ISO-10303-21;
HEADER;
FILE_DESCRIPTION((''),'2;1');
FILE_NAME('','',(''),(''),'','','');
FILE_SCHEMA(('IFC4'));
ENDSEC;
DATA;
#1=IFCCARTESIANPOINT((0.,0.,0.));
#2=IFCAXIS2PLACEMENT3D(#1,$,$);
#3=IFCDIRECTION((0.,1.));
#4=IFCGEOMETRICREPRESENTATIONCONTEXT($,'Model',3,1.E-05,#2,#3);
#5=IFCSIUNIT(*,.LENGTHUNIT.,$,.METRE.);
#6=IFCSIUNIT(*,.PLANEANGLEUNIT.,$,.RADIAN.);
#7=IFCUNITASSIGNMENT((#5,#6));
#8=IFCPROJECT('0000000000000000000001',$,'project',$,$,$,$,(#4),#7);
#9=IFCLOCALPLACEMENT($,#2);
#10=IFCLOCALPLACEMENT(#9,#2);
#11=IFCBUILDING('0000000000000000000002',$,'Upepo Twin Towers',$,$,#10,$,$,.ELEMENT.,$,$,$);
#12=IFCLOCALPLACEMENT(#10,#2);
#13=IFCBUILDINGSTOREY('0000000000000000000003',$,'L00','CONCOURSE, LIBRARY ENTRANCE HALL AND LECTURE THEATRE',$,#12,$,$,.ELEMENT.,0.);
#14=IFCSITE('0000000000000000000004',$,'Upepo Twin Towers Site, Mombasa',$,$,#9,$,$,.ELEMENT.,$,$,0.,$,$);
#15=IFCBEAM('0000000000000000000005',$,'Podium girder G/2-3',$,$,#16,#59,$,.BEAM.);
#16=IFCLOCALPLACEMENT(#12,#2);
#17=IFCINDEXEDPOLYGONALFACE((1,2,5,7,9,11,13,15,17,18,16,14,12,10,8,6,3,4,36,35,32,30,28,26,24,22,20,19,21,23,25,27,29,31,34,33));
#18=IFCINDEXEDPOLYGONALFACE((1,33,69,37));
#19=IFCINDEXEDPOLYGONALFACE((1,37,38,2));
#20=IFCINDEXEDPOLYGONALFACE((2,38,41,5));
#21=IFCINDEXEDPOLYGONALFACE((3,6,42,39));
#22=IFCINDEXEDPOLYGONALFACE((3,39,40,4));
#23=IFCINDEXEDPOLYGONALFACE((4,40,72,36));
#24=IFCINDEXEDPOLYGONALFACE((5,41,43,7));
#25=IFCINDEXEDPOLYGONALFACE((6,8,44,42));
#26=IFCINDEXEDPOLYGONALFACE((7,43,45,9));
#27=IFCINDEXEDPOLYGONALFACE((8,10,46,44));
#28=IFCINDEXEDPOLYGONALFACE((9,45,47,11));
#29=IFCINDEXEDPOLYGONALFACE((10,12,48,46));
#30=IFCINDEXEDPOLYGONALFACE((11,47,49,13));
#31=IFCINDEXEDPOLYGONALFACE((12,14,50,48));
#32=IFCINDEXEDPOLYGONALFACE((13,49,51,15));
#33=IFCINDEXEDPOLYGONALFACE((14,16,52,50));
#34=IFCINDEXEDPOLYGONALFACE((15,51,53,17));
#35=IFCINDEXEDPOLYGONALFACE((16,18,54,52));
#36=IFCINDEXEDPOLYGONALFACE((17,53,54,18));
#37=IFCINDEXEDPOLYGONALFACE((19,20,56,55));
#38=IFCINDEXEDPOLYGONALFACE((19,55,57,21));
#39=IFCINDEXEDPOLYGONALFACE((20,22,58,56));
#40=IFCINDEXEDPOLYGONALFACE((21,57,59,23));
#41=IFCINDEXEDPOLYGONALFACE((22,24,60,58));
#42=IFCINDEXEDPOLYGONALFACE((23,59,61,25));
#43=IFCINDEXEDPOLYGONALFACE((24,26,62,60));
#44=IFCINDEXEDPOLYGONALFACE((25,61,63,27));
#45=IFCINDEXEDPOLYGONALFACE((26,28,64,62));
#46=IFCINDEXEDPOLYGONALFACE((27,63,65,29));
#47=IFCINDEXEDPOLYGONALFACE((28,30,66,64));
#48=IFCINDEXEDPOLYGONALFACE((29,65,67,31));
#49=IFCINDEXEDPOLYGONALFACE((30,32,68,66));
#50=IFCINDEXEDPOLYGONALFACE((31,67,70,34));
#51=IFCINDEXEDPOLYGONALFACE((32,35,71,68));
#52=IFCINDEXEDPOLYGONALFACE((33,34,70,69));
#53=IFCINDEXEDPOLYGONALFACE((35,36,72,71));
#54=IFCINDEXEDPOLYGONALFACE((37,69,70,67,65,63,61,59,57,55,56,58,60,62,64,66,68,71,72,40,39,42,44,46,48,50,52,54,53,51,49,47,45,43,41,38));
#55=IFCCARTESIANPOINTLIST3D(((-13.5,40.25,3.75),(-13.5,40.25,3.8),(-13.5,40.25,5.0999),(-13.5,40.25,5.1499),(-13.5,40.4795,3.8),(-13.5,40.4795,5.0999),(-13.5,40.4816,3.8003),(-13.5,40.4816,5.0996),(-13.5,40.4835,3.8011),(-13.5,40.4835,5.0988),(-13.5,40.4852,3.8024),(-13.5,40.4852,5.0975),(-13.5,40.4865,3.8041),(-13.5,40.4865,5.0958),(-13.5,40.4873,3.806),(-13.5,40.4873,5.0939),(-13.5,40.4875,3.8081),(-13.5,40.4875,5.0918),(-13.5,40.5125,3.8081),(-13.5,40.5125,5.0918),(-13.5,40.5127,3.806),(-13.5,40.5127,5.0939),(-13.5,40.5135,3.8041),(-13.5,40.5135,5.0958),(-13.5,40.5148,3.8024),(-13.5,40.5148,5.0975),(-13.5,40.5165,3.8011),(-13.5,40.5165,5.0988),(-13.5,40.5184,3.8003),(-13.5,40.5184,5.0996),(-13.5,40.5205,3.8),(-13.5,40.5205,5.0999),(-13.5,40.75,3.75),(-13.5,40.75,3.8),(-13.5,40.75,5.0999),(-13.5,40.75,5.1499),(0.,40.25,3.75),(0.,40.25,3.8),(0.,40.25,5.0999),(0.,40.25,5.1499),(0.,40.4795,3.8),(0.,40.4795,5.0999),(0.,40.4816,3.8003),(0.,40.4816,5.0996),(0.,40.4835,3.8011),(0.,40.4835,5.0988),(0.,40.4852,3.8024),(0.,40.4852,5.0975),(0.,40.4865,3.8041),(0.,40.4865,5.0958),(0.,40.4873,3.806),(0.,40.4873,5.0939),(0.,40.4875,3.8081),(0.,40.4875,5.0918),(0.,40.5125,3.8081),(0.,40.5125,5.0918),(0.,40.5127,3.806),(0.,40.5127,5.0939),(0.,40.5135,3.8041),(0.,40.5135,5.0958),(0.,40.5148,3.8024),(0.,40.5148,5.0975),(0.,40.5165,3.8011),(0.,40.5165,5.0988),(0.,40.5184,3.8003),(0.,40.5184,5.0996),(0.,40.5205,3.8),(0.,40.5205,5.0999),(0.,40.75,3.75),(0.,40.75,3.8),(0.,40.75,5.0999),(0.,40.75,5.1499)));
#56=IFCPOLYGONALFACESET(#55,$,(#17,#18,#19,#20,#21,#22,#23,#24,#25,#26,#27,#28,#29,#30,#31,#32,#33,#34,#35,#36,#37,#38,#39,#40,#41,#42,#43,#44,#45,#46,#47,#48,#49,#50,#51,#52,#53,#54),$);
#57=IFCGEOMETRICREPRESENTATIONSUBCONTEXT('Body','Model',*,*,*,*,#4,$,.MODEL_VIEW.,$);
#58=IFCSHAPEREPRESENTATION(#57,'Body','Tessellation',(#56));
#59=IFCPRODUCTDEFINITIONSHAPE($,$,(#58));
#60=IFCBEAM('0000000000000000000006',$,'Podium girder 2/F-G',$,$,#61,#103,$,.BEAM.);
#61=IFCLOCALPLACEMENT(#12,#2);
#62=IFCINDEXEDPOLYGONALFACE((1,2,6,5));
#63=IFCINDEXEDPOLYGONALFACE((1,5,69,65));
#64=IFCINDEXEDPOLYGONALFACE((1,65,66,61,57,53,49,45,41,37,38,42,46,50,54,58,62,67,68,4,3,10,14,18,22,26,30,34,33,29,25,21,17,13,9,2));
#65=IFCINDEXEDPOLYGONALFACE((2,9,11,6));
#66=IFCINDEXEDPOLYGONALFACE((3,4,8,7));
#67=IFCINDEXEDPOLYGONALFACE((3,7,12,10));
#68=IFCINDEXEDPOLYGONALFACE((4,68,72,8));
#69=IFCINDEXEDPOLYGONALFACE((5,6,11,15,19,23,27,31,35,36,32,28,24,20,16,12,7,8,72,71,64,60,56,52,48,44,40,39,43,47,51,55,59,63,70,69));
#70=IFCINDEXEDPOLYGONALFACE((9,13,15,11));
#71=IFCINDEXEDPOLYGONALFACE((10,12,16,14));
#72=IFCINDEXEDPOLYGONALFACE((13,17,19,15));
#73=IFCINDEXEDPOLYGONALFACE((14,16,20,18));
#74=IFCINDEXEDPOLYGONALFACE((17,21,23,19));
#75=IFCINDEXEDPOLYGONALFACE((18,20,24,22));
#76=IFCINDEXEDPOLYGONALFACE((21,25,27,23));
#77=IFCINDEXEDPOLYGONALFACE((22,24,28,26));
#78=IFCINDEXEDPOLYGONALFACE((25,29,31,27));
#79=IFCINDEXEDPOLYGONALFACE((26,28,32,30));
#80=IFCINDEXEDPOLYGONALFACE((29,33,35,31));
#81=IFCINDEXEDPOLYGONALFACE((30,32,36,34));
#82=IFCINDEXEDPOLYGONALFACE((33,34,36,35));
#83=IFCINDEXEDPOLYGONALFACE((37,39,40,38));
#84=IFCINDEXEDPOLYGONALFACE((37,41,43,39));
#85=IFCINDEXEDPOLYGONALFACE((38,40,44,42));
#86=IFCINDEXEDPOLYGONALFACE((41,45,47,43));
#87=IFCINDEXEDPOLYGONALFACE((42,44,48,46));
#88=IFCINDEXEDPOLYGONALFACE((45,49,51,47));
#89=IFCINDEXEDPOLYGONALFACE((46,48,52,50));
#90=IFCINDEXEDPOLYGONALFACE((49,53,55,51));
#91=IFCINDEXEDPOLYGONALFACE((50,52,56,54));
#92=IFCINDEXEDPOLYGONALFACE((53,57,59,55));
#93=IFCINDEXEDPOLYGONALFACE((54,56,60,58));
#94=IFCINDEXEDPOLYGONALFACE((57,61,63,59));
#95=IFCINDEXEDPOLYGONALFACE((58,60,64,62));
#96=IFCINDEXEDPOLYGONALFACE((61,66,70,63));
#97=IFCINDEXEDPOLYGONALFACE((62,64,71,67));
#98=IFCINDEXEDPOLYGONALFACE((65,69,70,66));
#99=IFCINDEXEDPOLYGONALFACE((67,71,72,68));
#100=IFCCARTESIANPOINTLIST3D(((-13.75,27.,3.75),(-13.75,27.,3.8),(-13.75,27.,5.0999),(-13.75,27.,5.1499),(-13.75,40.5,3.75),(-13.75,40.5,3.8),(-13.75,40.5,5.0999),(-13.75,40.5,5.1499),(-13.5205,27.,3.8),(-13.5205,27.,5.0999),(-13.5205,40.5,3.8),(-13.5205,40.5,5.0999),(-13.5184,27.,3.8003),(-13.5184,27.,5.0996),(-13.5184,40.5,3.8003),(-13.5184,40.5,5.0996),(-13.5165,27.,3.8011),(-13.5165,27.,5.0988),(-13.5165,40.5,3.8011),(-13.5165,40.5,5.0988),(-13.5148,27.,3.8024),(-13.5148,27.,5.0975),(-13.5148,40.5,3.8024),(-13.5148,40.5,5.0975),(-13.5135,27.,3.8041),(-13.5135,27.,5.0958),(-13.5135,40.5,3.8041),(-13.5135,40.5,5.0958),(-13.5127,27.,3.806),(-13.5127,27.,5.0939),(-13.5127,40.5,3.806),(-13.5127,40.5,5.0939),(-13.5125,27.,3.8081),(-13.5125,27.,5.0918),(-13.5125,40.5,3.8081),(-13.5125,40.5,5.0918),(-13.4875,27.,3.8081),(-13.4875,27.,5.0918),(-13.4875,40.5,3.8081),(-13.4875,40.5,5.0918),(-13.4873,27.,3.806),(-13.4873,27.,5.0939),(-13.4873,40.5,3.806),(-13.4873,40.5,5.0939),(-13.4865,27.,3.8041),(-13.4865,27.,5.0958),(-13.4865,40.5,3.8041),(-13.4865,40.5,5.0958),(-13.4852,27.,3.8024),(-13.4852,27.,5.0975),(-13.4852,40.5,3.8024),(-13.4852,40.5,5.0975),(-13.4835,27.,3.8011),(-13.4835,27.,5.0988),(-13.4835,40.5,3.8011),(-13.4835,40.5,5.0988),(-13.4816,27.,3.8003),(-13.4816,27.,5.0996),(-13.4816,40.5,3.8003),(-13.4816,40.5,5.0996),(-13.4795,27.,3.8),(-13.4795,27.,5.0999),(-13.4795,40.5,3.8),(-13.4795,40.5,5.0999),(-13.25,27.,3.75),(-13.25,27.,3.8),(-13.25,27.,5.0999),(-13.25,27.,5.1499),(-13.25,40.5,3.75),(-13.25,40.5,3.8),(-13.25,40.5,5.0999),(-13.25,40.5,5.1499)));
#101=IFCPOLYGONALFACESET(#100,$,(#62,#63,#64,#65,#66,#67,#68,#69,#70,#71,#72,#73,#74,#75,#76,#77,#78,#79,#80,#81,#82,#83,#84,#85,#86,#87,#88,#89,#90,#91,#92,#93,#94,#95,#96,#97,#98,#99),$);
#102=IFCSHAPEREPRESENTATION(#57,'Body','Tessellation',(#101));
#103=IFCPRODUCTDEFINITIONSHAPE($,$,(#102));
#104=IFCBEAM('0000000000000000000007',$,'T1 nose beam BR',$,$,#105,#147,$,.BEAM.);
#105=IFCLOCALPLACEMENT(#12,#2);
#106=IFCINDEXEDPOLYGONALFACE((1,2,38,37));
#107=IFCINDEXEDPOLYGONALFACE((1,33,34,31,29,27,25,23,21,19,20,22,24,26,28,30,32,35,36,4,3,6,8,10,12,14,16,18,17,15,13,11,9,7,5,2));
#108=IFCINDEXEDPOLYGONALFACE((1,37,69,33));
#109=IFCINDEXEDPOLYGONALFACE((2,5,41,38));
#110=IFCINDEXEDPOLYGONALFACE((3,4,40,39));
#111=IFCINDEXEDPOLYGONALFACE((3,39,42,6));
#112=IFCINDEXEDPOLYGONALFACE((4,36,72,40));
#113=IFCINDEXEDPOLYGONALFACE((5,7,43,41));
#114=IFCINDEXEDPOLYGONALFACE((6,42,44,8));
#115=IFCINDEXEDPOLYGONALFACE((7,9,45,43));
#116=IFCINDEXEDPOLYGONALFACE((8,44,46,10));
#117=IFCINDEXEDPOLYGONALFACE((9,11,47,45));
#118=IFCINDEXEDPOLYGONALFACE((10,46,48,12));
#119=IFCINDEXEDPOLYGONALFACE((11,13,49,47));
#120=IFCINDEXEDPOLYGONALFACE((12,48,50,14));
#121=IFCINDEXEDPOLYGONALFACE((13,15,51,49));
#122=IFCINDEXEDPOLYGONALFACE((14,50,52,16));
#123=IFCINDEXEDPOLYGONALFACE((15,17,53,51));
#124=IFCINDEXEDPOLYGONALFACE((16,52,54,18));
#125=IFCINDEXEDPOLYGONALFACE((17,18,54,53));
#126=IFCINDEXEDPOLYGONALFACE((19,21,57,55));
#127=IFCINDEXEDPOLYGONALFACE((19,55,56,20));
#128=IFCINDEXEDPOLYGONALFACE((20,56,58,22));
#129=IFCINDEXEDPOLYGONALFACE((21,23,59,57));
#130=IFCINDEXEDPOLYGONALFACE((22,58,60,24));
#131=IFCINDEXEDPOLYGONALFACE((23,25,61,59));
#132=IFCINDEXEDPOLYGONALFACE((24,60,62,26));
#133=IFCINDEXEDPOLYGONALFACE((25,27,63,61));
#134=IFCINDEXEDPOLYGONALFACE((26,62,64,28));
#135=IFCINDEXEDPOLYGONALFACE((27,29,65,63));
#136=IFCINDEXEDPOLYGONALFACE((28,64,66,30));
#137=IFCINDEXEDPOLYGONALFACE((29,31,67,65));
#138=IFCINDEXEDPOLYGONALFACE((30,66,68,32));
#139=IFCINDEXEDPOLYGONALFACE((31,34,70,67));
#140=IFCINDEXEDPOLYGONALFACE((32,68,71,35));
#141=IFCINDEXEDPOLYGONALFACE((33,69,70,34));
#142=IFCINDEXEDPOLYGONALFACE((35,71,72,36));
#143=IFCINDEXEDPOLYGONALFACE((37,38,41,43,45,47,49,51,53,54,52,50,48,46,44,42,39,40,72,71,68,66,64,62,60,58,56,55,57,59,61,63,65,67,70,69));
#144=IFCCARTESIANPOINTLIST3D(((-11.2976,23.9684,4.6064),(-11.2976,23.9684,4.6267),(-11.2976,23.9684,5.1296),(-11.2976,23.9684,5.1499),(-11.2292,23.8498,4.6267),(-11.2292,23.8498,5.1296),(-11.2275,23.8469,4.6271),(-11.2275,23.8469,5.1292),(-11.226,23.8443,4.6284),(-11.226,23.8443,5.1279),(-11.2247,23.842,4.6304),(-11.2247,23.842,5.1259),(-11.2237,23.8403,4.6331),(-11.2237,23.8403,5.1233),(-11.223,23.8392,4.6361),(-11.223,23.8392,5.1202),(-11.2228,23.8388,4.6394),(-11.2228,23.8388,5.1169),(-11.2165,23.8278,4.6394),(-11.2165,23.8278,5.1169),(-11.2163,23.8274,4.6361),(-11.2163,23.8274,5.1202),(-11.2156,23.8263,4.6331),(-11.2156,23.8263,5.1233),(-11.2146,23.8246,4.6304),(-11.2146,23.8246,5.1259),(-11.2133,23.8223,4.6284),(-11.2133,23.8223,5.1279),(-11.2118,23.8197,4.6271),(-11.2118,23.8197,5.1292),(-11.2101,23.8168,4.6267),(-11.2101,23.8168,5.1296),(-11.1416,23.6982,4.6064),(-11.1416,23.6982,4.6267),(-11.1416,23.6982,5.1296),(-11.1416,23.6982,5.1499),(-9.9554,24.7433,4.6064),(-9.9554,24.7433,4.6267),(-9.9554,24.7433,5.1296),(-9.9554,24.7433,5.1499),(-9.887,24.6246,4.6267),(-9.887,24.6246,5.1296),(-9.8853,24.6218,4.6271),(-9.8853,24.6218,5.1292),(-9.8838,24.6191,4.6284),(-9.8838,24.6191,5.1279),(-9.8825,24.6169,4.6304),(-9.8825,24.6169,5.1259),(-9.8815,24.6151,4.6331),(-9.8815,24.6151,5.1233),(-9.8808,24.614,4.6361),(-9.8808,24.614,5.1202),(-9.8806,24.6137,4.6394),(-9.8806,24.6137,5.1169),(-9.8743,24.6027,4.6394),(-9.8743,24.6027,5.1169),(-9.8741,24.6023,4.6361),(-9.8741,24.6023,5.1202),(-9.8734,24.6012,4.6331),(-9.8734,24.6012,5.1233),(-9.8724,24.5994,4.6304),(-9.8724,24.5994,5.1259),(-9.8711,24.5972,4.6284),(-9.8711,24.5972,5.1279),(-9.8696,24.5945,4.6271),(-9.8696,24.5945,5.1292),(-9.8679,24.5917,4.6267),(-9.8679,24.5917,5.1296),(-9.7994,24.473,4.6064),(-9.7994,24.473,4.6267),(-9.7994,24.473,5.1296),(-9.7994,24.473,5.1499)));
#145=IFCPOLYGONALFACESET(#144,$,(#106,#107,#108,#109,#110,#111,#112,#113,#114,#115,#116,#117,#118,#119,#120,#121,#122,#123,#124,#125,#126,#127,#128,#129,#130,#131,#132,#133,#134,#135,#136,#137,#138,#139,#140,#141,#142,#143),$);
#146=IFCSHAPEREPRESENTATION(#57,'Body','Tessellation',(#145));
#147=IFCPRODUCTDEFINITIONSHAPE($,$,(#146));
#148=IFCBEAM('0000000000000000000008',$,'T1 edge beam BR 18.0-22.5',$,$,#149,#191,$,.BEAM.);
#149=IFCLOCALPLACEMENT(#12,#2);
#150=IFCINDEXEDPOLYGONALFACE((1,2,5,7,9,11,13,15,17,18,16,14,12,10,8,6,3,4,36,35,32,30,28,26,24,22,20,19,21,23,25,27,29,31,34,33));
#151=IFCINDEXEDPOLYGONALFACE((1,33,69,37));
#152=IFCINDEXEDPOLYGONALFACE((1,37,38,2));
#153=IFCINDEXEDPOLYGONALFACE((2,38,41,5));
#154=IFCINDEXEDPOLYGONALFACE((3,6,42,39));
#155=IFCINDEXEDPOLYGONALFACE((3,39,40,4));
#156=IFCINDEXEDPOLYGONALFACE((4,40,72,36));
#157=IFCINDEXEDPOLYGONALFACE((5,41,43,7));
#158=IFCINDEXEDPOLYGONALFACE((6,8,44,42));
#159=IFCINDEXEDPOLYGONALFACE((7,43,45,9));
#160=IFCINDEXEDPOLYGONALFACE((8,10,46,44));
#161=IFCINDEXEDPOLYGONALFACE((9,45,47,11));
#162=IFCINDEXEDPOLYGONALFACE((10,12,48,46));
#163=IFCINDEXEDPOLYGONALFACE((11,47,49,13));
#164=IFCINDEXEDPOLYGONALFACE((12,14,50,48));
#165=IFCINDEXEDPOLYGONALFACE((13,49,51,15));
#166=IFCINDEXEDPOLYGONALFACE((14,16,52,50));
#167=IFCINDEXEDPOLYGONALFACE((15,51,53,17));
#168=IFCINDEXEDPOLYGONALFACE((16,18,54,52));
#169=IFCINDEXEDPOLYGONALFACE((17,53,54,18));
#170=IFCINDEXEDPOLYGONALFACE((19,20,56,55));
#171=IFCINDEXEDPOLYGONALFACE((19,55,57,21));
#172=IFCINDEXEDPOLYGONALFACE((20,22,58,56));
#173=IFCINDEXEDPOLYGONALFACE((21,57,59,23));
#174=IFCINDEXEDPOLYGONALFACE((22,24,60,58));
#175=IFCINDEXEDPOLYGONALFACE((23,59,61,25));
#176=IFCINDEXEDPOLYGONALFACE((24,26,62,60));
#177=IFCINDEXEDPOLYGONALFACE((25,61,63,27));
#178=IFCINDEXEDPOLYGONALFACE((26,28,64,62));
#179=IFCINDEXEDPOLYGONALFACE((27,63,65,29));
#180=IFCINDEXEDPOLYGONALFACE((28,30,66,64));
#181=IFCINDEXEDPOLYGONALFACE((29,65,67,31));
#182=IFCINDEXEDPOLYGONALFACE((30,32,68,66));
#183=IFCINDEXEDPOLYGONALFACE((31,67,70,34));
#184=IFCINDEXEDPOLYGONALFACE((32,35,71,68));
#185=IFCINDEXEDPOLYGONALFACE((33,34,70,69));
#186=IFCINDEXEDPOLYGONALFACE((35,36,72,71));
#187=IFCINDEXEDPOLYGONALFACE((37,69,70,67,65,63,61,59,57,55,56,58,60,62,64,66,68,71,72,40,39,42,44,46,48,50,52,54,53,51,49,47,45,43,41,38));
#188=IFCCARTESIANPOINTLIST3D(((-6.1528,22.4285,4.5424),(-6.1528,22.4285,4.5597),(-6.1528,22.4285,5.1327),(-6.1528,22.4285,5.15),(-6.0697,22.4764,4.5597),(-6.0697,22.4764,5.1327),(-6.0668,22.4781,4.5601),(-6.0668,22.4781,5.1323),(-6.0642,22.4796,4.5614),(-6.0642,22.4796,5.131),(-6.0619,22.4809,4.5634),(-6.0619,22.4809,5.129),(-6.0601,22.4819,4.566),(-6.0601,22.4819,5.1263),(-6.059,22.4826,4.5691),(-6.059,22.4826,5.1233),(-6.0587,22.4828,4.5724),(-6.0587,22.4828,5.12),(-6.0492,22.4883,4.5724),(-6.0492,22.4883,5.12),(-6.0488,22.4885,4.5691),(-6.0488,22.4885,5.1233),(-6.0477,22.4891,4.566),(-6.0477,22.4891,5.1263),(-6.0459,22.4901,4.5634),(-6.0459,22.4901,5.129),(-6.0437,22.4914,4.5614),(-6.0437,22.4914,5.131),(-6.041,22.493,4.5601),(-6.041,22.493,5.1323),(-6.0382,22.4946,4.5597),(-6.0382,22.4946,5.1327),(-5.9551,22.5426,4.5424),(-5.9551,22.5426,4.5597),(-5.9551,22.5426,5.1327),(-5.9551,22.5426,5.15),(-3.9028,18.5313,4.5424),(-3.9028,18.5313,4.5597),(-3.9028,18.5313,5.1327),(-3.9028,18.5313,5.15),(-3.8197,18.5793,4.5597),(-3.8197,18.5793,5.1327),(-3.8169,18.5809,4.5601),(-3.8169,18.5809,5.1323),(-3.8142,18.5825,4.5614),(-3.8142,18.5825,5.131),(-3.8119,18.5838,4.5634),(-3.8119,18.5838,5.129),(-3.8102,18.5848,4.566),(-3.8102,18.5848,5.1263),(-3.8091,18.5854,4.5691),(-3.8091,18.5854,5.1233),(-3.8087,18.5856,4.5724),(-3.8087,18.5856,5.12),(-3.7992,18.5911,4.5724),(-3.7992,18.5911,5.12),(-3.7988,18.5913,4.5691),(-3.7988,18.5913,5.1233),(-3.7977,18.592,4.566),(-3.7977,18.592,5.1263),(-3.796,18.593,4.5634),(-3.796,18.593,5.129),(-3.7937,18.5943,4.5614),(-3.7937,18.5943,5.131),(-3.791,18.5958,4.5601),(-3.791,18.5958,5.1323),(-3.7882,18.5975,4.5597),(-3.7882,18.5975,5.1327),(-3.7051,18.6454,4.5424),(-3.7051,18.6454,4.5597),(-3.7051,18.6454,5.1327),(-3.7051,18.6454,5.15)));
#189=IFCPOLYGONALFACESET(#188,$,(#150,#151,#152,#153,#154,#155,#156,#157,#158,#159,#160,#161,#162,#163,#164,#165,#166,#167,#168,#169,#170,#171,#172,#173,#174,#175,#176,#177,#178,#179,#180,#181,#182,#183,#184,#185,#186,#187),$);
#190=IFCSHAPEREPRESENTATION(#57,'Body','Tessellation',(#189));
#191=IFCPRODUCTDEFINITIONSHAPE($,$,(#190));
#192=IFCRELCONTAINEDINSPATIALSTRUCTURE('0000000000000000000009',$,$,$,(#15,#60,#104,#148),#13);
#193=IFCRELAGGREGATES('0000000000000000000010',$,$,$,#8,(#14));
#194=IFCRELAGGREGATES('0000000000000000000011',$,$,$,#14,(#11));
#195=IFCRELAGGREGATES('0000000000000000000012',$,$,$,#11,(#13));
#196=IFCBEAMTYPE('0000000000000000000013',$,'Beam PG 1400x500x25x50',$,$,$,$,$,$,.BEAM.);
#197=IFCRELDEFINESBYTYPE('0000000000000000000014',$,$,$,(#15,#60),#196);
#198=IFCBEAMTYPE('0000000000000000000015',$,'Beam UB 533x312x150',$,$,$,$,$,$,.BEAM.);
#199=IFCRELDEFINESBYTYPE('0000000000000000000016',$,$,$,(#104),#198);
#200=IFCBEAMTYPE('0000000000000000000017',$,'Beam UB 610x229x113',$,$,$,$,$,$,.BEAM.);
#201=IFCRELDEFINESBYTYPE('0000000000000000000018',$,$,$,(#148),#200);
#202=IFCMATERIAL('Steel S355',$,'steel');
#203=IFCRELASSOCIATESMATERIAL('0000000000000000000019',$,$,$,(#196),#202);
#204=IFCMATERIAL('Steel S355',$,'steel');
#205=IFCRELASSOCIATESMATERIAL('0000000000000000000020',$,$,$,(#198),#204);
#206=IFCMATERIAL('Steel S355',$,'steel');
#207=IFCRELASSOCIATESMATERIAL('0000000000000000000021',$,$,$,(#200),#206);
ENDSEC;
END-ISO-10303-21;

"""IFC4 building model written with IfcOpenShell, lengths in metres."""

from ifc_helpers import new_model, si_unit, direction, frame, origin, origin_2d, place, context, subcontext, project, spatial, i_section, extrude, material, material_profile, profile_set, type_object, element, save


model = new_model("IFC4")

# Units and contexts
model_context = context("Model", 3, precision=1e-05, world=origin(), true_north=direction((0.0, 1.0)))
body_context = subcontext(model_context, "Body", "Model", "MODEL_VIEW")
ifc_project = project(units=[si_unit("LENGTHUNIT", "METRE"), si_unit("PLANEANGLEUNIT", "RADIAN")], contexts=[model_context])

# Site, building, storey
site_placement = place(None, origin())
site = spatial("IfcSite", under=ifc_project, at=site_placement, Name="Upepo Twin Towers Site, Mombasa", CompositionType="ELEMENT", RefElevation=0.0)
building_placement = place(site_placement, origin())
building = spatial("IfcBuilding", under=site, at=building_placement, Name="Upepo Twin Towers", CompositionType="ELEMENT")
storey_placement = place(building_placement, origin())
storey = spatial("IfcBuildingStorey", under=building, at=storey_placement, Name="L00", Description="CONCOURSE, LIBRARY ENTRANCE HALL AND LECTURE THEATRE", CompositionType="ELEMENT", Elevation=0.0)

# Beams
ifc_material_1 = material(Name="Steel S355", Category="steel")
ifc_material_profile_1 = material_profile(ifc_material_1, i_section(OverallWidth=0.5, OverallDepth=1.3999, WebThickness=0.0249, FlangeThickness=0.05, FilletRadius=0.0081, at=origin_2d()), Name="PG 1400x500x25x50")
ifc_profile_set_1 = profile_set([ifc_material_profile_1], Name="Steel S355")
beam_type_1 = type_object("IfcBeamType", Name="Beam PG 1400x500x25x50", PredefinedType="BEAM", material=ifc_profile_set_1)
for number, where, z_axis, x_axis, name in (
    (1, (-13.5, 40.5, 4.45), (1.0, 0.0, 0.0), (0.0, 1.0, 0.0), "Podium girder G/2-3"),
    (2, (-13.5, 27.0, 4.45), (0.0, 1.0, 0.0), (-1.0, 0.0, 0.0), "Podium girder 2/F-G"),
):
    element("IfcBeam", number, at=place(storey_placement, frame(where, z_axis=z_axis, x_axis=x_axis)), inside=storey, type_object=beam_type_1, Name=name, PredefinedType="BEAM", context=body_context, shape_type="SweptSolid", body=[
        extrude(i_section(OverallWidth=0.5, OverallDepth=1.3999, WebThickness=0.0249, FlangeThickness=0.05, FilletRadius=0.0081, at=origin_2d()), origin(), (0.0, 0.0, 1.0), 13.5),
    ])
ifc_material_2 = material(Name="Steel S355", Category="steel")
ifc_material_profile_2 = material_profile(ifc_material_2, i_section(OverallWidth=0.312, OverallDepth=0.5435, WebThickness=0.0127, FlangeThickness=0.0203, FilletRadius=0.0127, at=origin_2d()), Name="UB 533x312x150")
ifc_profile_set_2 = profile_set([ifc_material_profile_2], Name="Steel S355")
beam_type_2 = type_object("IfcBeamType", Name="Beam UB 533x312x150", PredefinedType="BEAM", material=ifc_profile_set_2)
beam_1_placement = place(storey_placement, frame((-9.8774, 24.6082, 4.8782), z_axis=(-0.866044, -0.499968, 0.0), x_axis=(0.499968, -0.866044, 0.0)))
element("IfcBeam", 3, at=beam_1_placement, inside=storey, type_object=beam_type_2, Name="T1 nose beam BR", PredefinedType="BEAM", context=body_context, shape_type="SweptSolid", body=[
    extrude(i_section(OverallWidth=0.312, OverallDepth=0.5435, WebThickness=0.0127, FlangeThickness=0.0203, FilletRadius=0.0127, at=origin_2d()), origin(), (0.0, 0.0, 1.0), 1.5498),
])
ifc_material_3 = material(Name="Steel S355", Category="steel")
ifc_material_profile_3 = material_profile(ifc_material_3, i_section(OverallWidth=0.2283, OverallDepth=0.6077, WebThickness=0.011, FlangeThickness=0.0173, FilletRadius=0.0127, at=origin_2d()), Name="UB 610x229x113")
ifc_profile_set_3 = profile_set([ifc_material_profile_3], Name="Steel S355")
beam_type_3 = type_object("IfcBeamType", Name="Beam UB 610x229x113", PredefinedType="BEAM", material=ifc_profile_set_3)
beam_2_placement = place(storey_placement, frame((-3.804, 18.5884, 4.8462), z_axis=(-0.49999, 0.866031, 0.0), x_axis=(-0.866031, -0.49999, 0.0)))
element("IfcBeam", 4, at=beam_2_placement, inside=storey, type_object=beam_type_3, Name="T1 edge beam BR 18.0-22.5", PredefinedType="BEAM", context=body_context, shape_type="SweptSolid", body=[
    extrude(i_section(OverallWidth=0.2283, OverallDepth=0.6077, WebThickness=0.011, FlangeThickness=0.0173, FilletRadius=0.0127, at=origin_2d()), origin(), (0.0, 0.0, 1.0), 4.5),
])

save(model, "model.ifc")
